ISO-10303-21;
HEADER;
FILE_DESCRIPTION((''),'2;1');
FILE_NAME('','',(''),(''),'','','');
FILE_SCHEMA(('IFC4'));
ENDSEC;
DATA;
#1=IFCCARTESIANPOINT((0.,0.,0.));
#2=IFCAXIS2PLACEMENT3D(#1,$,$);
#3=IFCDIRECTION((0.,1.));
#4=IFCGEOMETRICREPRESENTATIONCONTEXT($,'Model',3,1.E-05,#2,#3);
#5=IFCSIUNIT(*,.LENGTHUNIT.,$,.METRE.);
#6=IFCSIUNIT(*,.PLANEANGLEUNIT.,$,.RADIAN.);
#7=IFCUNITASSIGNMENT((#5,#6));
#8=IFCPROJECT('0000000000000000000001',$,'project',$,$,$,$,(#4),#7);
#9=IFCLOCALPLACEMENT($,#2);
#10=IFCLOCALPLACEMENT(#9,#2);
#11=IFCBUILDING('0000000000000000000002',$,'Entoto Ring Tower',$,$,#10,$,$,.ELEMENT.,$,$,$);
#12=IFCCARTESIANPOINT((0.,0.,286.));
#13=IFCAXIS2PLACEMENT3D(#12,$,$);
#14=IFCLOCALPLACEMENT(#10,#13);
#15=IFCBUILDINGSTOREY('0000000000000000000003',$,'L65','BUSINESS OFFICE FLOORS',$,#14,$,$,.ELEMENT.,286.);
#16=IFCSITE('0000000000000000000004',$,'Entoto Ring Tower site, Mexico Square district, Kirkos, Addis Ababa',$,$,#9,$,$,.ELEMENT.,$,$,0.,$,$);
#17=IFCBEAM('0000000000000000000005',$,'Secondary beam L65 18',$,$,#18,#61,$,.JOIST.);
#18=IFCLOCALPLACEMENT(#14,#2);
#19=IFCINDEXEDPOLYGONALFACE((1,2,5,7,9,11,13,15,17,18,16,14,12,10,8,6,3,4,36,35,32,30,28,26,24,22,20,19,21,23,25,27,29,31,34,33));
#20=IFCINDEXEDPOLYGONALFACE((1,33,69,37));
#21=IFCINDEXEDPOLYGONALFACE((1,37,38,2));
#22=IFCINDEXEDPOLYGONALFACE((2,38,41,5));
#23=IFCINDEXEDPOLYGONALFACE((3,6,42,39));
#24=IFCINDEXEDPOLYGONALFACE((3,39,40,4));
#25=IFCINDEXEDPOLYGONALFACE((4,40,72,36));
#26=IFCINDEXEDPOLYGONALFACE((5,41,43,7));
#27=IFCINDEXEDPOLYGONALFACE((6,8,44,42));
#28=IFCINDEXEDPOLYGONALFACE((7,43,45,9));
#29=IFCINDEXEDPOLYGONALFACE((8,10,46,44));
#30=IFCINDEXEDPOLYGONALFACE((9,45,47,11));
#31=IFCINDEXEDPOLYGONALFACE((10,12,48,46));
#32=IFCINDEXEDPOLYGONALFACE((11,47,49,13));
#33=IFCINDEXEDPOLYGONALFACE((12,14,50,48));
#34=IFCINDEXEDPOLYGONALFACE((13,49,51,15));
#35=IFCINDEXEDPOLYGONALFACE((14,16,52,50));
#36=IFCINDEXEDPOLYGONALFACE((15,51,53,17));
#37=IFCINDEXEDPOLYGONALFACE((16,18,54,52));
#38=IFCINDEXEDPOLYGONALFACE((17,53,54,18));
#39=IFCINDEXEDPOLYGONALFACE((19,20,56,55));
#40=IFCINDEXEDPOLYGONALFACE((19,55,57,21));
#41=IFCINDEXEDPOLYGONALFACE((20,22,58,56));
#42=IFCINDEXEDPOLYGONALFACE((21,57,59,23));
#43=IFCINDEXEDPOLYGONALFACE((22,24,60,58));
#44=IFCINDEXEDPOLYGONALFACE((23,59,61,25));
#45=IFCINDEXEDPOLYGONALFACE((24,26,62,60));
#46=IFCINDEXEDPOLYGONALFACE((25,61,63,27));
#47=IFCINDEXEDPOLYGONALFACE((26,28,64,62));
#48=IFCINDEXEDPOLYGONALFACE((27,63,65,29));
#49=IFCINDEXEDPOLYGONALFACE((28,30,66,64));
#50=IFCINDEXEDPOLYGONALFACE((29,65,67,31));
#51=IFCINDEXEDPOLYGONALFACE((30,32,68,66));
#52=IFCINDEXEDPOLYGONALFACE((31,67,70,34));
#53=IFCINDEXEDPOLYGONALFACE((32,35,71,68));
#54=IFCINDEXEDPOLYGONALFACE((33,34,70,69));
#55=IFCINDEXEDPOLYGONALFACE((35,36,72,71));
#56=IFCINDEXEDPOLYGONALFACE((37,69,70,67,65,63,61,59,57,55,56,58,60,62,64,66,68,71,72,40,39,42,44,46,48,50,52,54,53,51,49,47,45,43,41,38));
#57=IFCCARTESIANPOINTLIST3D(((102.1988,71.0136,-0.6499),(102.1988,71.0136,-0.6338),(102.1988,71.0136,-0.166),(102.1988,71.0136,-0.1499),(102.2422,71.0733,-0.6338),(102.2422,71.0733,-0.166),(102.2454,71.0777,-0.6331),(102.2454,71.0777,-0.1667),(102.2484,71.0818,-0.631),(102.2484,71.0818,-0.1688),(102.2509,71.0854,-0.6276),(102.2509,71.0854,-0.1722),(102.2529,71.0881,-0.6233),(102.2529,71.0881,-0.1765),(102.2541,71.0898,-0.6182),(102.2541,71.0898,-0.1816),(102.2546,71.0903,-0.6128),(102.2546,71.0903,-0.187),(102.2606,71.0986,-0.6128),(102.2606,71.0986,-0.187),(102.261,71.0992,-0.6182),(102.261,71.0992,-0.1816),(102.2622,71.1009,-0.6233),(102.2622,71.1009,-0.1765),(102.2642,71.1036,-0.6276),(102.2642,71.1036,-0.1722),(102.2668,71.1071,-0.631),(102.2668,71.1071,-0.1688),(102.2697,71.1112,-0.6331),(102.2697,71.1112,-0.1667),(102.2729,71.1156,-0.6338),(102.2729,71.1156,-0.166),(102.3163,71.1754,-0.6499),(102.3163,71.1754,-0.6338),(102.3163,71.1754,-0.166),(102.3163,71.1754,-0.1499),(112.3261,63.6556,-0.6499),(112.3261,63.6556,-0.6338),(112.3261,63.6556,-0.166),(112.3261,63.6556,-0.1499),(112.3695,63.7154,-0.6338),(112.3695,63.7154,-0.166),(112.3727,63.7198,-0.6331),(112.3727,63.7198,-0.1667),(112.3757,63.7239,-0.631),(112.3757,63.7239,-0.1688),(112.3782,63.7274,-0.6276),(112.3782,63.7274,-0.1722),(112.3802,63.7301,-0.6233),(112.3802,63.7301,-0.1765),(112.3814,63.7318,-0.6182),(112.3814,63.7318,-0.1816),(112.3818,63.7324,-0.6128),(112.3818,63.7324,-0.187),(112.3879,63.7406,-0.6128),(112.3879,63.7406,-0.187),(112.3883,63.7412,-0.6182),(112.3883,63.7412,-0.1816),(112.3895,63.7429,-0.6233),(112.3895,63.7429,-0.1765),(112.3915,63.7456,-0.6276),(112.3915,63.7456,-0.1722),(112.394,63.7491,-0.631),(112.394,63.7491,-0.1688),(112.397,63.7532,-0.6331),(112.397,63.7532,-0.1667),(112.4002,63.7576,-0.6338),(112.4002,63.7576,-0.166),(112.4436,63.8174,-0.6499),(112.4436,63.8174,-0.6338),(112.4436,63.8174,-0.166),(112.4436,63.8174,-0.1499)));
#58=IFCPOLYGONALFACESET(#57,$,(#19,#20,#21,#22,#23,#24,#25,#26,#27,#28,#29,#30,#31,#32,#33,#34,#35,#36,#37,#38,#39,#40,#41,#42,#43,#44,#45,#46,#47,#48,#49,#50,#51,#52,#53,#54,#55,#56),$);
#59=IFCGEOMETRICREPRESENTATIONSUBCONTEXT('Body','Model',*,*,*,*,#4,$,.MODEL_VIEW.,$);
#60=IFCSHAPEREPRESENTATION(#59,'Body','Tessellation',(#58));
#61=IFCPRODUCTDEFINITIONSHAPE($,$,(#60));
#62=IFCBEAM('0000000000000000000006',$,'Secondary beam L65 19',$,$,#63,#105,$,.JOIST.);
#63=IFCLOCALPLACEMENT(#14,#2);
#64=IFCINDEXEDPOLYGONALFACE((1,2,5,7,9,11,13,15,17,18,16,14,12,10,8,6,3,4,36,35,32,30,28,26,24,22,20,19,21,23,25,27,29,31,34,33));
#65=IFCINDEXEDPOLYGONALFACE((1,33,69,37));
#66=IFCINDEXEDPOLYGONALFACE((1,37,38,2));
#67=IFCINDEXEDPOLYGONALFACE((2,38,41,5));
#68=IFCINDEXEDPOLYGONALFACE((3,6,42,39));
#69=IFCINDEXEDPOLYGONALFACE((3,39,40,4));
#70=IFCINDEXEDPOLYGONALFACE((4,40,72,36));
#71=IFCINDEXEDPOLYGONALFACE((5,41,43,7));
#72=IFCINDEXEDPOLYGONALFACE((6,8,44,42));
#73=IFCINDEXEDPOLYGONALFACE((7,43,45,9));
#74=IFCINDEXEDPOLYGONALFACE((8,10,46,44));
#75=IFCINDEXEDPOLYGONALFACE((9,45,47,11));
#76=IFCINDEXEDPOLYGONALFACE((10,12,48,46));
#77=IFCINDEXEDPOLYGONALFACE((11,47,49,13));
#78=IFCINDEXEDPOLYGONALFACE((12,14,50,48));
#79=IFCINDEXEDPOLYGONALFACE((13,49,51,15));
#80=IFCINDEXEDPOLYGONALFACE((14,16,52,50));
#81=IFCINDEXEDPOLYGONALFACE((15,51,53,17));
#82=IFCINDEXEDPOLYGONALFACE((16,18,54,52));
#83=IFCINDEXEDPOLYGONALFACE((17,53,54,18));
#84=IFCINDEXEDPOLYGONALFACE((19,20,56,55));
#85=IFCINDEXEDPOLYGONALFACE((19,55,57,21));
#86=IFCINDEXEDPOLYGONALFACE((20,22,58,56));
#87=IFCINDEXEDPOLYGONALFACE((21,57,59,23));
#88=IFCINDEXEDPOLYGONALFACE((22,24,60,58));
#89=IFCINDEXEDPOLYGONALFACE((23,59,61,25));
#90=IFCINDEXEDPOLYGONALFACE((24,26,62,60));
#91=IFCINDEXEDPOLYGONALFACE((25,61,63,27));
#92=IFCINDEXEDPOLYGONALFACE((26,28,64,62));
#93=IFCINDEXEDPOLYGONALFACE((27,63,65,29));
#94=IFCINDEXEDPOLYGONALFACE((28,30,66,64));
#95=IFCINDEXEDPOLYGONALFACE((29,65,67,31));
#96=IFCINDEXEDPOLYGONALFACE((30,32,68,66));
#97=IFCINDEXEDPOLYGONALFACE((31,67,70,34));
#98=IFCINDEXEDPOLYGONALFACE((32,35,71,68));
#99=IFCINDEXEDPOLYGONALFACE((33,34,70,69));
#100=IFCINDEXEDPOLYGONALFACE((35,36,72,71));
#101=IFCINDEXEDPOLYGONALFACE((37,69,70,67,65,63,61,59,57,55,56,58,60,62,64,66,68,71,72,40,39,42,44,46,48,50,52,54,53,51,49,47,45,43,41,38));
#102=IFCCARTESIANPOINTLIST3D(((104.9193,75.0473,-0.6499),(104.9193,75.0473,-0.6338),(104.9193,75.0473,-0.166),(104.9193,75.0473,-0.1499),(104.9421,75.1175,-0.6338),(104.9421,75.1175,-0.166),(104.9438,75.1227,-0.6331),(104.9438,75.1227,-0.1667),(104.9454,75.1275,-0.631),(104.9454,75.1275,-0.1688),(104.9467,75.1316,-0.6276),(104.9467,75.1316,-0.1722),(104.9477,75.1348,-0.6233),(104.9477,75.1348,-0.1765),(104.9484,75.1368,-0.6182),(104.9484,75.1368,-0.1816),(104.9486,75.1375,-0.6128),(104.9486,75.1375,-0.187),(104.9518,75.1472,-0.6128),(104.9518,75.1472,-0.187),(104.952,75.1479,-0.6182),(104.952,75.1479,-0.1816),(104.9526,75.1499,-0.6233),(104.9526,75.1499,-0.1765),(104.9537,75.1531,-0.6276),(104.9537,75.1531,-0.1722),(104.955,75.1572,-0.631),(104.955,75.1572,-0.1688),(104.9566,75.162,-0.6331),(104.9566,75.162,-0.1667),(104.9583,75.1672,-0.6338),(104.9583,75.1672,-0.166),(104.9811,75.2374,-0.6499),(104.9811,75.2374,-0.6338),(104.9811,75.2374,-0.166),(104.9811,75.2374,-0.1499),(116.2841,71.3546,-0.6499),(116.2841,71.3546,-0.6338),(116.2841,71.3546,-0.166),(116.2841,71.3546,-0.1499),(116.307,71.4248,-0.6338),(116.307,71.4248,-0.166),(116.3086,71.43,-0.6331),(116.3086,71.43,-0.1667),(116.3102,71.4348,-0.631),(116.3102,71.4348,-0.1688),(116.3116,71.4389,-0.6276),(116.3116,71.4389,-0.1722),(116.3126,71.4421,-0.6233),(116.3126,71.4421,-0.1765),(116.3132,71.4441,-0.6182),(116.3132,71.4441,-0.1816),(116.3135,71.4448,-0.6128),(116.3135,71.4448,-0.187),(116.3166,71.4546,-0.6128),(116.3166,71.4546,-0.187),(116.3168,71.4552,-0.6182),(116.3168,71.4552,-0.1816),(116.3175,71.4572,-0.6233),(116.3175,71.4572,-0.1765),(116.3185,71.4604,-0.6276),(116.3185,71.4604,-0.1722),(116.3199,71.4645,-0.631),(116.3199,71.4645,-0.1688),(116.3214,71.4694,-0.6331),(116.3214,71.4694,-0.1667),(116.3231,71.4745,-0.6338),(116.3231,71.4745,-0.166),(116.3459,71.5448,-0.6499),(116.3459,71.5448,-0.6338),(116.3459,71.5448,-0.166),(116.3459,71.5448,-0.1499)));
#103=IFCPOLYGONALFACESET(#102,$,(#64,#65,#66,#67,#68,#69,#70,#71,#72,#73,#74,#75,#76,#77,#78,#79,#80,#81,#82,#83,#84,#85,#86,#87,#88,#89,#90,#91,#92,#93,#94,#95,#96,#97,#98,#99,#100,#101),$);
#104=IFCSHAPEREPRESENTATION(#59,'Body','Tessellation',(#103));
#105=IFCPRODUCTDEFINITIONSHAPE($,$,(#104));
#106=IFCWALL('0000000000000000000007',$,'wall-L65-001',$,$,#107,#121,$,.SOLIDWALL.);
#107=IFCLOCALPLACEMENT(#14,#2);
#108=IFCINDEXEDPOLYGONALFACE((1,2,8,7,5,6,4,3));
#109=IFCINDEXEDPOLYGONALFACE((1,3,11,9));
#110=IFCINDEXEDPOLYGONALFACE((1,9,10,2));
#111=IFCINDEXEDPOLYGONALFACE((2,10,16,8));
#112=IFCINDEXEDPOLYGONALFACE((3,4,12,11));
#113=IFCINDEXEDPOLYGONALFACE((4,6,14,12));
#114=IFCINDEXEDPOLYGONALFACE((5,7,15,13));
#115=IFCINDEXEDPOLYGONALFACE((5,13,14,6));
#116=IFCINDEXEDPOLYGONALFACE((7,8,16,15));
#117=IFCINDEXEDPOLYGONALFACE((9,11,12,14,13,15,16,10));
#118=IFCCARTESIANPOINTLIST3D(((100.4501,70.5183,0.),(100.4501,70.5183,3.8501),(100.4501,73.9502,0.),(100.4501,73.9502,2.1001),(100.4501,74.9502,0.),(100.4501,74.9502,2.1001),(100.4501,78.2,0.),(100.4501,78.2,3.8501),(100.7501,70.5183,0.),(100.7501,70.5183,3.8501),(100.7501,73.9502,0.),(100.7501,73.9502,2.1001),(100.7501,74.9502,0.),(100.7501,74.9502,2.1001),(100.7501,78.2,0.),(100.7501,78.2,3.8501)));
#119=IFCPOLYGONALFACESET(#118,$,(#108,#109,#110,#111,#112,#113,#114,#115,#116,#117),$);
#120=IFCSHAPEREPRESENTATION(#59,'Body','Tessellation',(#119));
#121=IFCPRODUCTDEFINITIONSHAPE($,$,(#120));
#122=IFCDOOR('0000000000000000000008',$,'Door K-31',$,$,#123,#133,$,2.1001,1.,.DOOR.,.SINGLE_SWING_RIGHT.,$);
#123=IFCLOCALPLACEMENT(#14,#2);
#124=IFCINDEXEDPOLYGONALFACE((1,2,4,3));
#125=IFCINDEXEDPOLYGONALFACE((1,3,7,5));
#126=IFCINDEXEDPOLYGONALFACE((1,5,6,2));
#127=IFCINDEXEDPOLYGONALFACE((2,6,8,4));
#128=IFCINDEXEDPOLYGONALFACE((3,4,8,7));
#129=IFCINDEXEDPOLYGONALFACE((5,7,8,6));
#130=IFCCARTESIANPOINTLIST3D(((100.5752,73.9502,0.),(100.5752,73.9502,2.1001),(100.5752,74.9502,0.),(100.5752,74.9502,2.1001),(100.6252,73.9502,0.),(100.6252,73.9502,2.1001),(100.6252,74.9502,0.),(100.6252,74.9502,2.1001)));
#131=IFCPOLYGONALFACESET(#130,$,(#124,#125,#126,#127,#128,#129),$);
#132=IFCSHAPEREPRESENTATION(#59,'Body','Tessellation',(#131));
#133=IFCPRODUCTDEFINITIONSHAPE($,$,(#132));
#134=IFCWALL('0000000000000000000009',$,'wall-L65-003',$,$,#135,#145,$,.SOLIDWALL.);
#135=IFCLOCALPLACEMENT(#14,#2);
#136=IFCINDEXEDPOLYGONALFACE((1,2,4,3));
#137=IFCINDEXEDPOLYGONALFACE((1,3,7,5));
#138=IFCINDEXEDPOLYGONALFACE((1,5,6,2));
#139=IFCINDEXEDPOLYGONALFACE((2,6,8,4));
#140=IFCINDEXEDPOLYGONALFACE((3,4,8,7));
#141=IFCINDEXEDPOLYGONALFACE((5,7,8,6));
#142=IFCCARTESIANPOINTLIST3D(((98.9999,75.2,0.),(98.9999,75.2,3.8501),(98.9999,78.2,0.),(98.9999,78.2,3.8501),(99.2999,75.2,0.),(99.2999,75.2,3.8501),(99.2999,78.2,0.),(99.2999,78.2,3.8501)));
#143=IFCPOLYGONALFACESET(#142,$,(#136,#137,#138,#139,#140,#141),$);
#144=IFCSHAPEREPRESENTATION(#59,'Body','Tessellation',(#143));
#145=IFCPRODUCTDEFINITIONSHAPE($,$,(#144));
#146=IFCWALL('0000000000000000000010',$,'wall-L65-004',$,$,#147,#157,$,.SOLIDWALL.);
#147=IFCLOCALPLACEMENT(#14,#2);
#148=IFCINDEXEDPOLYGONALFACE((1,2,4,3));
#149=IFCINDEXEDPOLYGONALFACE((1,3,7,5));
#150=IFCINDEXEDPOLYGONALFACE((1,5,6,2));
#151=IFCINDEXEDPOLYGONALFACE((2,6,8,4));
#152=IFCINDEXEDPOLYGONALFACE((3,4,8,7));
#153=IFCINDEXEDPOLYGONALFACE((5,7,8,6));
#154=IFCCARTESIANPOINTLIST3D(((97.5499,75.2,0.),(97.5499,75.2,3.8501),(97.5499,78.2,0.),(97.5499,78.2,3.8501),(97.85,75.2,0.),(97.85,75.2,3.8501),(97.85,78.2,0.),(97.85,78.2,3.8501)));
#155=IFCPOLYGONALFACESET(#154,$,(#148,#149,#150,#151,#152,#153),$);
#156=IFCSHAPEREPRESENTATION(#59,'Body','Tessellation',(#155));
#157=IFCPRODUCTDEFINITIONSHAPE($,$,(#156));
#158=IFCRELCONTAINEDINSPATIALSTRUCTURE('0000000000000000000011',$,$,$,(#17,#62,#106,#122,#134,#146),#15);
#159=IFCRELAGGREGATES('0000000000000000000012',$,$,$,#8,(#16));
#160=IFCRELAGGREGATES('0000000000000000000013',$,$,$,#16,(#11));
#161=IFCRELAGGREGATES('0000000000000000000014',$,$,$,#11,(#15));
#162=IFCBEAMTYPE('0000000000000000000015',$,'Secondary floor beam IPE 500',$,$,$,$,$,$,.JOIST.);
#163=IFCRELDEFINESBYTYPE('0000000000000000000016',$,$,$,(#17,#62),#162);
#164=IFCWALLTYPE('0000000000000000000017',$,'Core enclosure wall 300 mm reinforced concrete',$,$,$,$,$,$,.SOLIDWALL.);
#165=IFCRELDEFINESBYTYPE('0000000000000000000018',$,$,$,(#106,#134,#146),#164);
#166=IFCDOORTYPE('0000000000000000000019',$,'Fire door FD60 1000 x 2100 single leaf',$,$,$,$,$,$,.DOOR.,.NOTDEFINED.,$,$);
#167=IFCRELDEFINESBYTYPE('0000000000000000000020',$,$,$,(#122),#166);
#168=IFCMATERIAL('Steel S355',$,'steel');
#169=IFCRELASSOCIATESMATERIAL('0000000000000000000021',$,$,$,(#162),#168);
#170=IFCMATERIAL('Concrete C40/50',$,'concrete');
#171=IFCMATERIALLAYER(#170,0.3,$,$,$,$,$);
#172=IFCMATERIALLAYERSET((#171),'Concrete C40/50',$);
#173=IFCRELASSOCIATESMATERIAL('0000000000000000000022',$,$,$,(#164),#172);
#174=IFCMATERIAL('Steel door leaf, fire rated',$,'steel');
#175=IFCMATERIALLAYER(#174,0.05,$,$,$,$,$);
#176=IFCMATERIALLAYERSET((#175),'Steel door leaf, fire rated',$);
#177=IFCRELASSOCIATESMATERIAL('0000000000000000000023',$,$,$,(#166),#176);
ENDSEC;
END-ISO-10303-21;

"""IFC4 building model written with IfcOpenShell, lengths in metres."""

from ifc_helpers import new_model, si_unit, direction, frame, frame_2d, origin, origin_2d, place, context, subcontext, project, spatial, rectangle, i_section, extrude, material, layer, layer_set, material_profile, profile_set, type_object, element, fill, save


model = new_model("IFC4")

# Units and contexts
model_context = context("Model", 3, precision=1e-05, world=origin(), true_north=direction((0.0, 1.0)))
body_context = subcontext(model_context, "Body", "Model", "MODEL_VIEW")
ifc_project = project(units=[si_unit("LENGTHUNIT", "METRE"), si_unit("PLANEANGLEUNIT", "RADIAN")], contexts=[model_context])

# Site, building, storey
site_placement = place(None, origin())
site = spatial("IfcSite", under=ifc_project, at=site_placement, Name="Entoto Ring Tower site, Mexico Square district, Kirkos, Addis Ababa", CompositionType="ELEMENT", RefElevation=0.0)
building_placement = place(site_placement, origin())
building = spatial("IfcBuilding", under=site, at=building_placement, Name="Entoto Ring Tower", CompositionType="ELEMENT")
storey_placement = place(building_placement, frame((0.0, 0.0, 286.0)))
storey = spatial("IfcBuildingStorey", under=building, at=storey_placement, Name="L65", Description="BUSINESS OFFICE FLOORS", CompositionType="ELEMENT", Elevation=286.0)

# Beams
ifc_material_1 = material(Name="Steel S355", Category="steel")
ifc_material_profile_1 = material_profile(ifc_material_1, i_section(OverallWidth=0.2, OverallDepth=0.5, WebThickness=0.0103, FlangeThickness=0.0161, FilletRadius=0.021, at=origin_2d()), Name="IPE 500")
ifc_profile_set_1 = profile_set([ifc_material_profile_1], Name="Steel S355")
beam_type_1 = type_object("IfcBeamType", Name="Secondary floor beam IPE 500", PredefinedType="JOIST", material=ifc_profile_set_1)
for number, where, z_axis, x_axis, name in (
    (1, (102.2576, 71.0945, -0.3999), (0.809014, -0.587789, 0.0), (0.587789, 0.809014, 0.0), "Secondary beam L65 18"),
):
    element("IfcBeam", number, at=place(storey_placement, frame(where, z_axis=z_axis, x_axis=x_axis)), inside=storey, type_object=beam_type_1, Name=name, PredefinedType="JOIST", context=body_context, shape_type="SweptSolid", body=[
        extrude(i_section(OverallWidth=0.2, OverallDepth=0.5, WebThickness=0.0103, FlangeThickness=0.0161, FilletRadius=0.021, at=origin_2d()), origin(), (0.0, 0.0, 1.0), 12.5181),
    ])
beam_1_placement = place(storey_placement, frame((104.9502, 75.1423, -0.3999), z_axis=(0.951057, -0.309017, 0.0), x_axis=(0.309017, 0.951057, 0.0)))
element("IfcBeam", 2, at=beam_1_placement, inside=storey, type_object=beam_type_1, Name="Secondary beam L65 19", PredefinedType="JOIST", context=body_context, shape_type="SweptSolid", body=[
    extrude(i_section(OverallWidth=0.2, OverallDepth=0.5, WebThickness=0.0103, FlangeThickness=0.0161, FilletRadius=0.021, at=origin_2d()), origin(), (0.0, 0.0, 1.0), 11.9497),
])

# Wall, opening, door
ifc_material_2 = material(Name="Concrete C40/50", Category="concrete")
ifc_layer_1 = layer(ifc_material_2, 0.3)
ifc_layer_set_1 = layer_set([ifc_layer_1], Name="Concrete C40/50")
wall_type_1 = type_object("IfcWallType", Name="Core enclosure wall 300 mm reinforced concrete", PredefinedType="SOLIDWALL", material=ifc_layer_set_1)
wall_1_placement = place(storey_placement, frame((100.6001, 70.5183, 0.0), z_axis=(0.0, 0.0, 1.0), x_axis=(0.0, 1.0, 0.0)))
wall_1 = element("IfcWall", 3, at=wall_1_placement, inside=storey, type_object=wall_type_1, Name="wall-L65-001", PredefinedType="SOLIDWALL", context=body_context, shape_type="SweptSolid", body=[
    extrude(rectangle(XDim=7.6816, YDim=0.3, at=frame_2d((3.8408, 0.0))), origin(), (0.0, 0.0, 1.0), 3.8501),
])
opening_1_placement = place(wall_1_placement, frame((3.4319, 0.0, 0.0)))
opening_1 = element("IfcOpeningElement", 4, at=opening_1_placement, cuts=wall_1, PredefinedType="OPENING", context=body_context, shape_type="SweptSolid", body=[
    extrude(rectangle(XDim=1.0, YDim=2.1001, at=frame_2d((0.5, 1.05))), frame((0.0, 0.1602, 0.0), z_axis=(0.0, -1.0, 0.0), x_axis=(1.0, 0.0, 0.0)), (0.0, 0.0, 1.0), 0.3201),
])
ifc_material_3 = material(Name="Steel door leaf, fire rated", Category="steel")
ifc_layer_2 = layer(ifc_material_3, 0.05)
ifc_layer_set_2 = layer_set([ifc_layer_2], Name="Steel door leaf, fire rated")
door_type_1 = type_object("IfcDoorType", Name="Fire door FD60 1000 x 2100 single leaf", OperationType="NOTDEFINED", PredefinedType="DOOR", material=ifc_layer_set_2)
door_1_placement = place(opening_1_placement, origin())
door_1 = element("IfcDoor", 5, at=door_1_placement, inside=storey, type_object=door_type_1, Name="Door K-31", OperationType="SINGLE_SWING_RIGHT", OverallHeight=2.1001, OverallWidth=1.0, PredefinedType="DOOR", context=body_context, shape_type="SweptSolid", body=[
    extrude(rectangle(XDim=1.0, YDim=2.1001, at=frame_2d((0.5, 1.05))), frame((0.0, 0.0249, 0.0), z_axis=(0.0, -1.0, 0.0), x_axis=(1.0, 0.0, 0.0)), (0.0, 0.0, 1.0), 0.05),
])
fill(opening_1, door_1)

# Walls
for number, where, z_axis, x_axis, name in (
    (6, (99.1499, 75.2, 0.0), (0.0, 0.0, 1.0), (0.0, 1.0, 0.0), "wall-L65-003"),
    (7, (97.7, 75.2, 0.0), (0.0, 0.0, 1.0), (0.0, 1.0, 0.0), "wall-L65-004"),
):
    element("IfcWall", number, at=place(storey_placement, frame(where, z_axis=z_axis, x_axis=x_axis)), inside=storey, type_object=wall_type_1, Name=name, PredefinedType="SOLIDWALL", context=body_context, shape_type="SweptSolid", body=[
        extrude(rectangle(XDim=3.0, YDim=0.3, at=frame_2d((1.5, 0.0))), origin(), (0.0, 0.0, 1.0), 3.8501),
    ])

save(model, "model.ifc")
